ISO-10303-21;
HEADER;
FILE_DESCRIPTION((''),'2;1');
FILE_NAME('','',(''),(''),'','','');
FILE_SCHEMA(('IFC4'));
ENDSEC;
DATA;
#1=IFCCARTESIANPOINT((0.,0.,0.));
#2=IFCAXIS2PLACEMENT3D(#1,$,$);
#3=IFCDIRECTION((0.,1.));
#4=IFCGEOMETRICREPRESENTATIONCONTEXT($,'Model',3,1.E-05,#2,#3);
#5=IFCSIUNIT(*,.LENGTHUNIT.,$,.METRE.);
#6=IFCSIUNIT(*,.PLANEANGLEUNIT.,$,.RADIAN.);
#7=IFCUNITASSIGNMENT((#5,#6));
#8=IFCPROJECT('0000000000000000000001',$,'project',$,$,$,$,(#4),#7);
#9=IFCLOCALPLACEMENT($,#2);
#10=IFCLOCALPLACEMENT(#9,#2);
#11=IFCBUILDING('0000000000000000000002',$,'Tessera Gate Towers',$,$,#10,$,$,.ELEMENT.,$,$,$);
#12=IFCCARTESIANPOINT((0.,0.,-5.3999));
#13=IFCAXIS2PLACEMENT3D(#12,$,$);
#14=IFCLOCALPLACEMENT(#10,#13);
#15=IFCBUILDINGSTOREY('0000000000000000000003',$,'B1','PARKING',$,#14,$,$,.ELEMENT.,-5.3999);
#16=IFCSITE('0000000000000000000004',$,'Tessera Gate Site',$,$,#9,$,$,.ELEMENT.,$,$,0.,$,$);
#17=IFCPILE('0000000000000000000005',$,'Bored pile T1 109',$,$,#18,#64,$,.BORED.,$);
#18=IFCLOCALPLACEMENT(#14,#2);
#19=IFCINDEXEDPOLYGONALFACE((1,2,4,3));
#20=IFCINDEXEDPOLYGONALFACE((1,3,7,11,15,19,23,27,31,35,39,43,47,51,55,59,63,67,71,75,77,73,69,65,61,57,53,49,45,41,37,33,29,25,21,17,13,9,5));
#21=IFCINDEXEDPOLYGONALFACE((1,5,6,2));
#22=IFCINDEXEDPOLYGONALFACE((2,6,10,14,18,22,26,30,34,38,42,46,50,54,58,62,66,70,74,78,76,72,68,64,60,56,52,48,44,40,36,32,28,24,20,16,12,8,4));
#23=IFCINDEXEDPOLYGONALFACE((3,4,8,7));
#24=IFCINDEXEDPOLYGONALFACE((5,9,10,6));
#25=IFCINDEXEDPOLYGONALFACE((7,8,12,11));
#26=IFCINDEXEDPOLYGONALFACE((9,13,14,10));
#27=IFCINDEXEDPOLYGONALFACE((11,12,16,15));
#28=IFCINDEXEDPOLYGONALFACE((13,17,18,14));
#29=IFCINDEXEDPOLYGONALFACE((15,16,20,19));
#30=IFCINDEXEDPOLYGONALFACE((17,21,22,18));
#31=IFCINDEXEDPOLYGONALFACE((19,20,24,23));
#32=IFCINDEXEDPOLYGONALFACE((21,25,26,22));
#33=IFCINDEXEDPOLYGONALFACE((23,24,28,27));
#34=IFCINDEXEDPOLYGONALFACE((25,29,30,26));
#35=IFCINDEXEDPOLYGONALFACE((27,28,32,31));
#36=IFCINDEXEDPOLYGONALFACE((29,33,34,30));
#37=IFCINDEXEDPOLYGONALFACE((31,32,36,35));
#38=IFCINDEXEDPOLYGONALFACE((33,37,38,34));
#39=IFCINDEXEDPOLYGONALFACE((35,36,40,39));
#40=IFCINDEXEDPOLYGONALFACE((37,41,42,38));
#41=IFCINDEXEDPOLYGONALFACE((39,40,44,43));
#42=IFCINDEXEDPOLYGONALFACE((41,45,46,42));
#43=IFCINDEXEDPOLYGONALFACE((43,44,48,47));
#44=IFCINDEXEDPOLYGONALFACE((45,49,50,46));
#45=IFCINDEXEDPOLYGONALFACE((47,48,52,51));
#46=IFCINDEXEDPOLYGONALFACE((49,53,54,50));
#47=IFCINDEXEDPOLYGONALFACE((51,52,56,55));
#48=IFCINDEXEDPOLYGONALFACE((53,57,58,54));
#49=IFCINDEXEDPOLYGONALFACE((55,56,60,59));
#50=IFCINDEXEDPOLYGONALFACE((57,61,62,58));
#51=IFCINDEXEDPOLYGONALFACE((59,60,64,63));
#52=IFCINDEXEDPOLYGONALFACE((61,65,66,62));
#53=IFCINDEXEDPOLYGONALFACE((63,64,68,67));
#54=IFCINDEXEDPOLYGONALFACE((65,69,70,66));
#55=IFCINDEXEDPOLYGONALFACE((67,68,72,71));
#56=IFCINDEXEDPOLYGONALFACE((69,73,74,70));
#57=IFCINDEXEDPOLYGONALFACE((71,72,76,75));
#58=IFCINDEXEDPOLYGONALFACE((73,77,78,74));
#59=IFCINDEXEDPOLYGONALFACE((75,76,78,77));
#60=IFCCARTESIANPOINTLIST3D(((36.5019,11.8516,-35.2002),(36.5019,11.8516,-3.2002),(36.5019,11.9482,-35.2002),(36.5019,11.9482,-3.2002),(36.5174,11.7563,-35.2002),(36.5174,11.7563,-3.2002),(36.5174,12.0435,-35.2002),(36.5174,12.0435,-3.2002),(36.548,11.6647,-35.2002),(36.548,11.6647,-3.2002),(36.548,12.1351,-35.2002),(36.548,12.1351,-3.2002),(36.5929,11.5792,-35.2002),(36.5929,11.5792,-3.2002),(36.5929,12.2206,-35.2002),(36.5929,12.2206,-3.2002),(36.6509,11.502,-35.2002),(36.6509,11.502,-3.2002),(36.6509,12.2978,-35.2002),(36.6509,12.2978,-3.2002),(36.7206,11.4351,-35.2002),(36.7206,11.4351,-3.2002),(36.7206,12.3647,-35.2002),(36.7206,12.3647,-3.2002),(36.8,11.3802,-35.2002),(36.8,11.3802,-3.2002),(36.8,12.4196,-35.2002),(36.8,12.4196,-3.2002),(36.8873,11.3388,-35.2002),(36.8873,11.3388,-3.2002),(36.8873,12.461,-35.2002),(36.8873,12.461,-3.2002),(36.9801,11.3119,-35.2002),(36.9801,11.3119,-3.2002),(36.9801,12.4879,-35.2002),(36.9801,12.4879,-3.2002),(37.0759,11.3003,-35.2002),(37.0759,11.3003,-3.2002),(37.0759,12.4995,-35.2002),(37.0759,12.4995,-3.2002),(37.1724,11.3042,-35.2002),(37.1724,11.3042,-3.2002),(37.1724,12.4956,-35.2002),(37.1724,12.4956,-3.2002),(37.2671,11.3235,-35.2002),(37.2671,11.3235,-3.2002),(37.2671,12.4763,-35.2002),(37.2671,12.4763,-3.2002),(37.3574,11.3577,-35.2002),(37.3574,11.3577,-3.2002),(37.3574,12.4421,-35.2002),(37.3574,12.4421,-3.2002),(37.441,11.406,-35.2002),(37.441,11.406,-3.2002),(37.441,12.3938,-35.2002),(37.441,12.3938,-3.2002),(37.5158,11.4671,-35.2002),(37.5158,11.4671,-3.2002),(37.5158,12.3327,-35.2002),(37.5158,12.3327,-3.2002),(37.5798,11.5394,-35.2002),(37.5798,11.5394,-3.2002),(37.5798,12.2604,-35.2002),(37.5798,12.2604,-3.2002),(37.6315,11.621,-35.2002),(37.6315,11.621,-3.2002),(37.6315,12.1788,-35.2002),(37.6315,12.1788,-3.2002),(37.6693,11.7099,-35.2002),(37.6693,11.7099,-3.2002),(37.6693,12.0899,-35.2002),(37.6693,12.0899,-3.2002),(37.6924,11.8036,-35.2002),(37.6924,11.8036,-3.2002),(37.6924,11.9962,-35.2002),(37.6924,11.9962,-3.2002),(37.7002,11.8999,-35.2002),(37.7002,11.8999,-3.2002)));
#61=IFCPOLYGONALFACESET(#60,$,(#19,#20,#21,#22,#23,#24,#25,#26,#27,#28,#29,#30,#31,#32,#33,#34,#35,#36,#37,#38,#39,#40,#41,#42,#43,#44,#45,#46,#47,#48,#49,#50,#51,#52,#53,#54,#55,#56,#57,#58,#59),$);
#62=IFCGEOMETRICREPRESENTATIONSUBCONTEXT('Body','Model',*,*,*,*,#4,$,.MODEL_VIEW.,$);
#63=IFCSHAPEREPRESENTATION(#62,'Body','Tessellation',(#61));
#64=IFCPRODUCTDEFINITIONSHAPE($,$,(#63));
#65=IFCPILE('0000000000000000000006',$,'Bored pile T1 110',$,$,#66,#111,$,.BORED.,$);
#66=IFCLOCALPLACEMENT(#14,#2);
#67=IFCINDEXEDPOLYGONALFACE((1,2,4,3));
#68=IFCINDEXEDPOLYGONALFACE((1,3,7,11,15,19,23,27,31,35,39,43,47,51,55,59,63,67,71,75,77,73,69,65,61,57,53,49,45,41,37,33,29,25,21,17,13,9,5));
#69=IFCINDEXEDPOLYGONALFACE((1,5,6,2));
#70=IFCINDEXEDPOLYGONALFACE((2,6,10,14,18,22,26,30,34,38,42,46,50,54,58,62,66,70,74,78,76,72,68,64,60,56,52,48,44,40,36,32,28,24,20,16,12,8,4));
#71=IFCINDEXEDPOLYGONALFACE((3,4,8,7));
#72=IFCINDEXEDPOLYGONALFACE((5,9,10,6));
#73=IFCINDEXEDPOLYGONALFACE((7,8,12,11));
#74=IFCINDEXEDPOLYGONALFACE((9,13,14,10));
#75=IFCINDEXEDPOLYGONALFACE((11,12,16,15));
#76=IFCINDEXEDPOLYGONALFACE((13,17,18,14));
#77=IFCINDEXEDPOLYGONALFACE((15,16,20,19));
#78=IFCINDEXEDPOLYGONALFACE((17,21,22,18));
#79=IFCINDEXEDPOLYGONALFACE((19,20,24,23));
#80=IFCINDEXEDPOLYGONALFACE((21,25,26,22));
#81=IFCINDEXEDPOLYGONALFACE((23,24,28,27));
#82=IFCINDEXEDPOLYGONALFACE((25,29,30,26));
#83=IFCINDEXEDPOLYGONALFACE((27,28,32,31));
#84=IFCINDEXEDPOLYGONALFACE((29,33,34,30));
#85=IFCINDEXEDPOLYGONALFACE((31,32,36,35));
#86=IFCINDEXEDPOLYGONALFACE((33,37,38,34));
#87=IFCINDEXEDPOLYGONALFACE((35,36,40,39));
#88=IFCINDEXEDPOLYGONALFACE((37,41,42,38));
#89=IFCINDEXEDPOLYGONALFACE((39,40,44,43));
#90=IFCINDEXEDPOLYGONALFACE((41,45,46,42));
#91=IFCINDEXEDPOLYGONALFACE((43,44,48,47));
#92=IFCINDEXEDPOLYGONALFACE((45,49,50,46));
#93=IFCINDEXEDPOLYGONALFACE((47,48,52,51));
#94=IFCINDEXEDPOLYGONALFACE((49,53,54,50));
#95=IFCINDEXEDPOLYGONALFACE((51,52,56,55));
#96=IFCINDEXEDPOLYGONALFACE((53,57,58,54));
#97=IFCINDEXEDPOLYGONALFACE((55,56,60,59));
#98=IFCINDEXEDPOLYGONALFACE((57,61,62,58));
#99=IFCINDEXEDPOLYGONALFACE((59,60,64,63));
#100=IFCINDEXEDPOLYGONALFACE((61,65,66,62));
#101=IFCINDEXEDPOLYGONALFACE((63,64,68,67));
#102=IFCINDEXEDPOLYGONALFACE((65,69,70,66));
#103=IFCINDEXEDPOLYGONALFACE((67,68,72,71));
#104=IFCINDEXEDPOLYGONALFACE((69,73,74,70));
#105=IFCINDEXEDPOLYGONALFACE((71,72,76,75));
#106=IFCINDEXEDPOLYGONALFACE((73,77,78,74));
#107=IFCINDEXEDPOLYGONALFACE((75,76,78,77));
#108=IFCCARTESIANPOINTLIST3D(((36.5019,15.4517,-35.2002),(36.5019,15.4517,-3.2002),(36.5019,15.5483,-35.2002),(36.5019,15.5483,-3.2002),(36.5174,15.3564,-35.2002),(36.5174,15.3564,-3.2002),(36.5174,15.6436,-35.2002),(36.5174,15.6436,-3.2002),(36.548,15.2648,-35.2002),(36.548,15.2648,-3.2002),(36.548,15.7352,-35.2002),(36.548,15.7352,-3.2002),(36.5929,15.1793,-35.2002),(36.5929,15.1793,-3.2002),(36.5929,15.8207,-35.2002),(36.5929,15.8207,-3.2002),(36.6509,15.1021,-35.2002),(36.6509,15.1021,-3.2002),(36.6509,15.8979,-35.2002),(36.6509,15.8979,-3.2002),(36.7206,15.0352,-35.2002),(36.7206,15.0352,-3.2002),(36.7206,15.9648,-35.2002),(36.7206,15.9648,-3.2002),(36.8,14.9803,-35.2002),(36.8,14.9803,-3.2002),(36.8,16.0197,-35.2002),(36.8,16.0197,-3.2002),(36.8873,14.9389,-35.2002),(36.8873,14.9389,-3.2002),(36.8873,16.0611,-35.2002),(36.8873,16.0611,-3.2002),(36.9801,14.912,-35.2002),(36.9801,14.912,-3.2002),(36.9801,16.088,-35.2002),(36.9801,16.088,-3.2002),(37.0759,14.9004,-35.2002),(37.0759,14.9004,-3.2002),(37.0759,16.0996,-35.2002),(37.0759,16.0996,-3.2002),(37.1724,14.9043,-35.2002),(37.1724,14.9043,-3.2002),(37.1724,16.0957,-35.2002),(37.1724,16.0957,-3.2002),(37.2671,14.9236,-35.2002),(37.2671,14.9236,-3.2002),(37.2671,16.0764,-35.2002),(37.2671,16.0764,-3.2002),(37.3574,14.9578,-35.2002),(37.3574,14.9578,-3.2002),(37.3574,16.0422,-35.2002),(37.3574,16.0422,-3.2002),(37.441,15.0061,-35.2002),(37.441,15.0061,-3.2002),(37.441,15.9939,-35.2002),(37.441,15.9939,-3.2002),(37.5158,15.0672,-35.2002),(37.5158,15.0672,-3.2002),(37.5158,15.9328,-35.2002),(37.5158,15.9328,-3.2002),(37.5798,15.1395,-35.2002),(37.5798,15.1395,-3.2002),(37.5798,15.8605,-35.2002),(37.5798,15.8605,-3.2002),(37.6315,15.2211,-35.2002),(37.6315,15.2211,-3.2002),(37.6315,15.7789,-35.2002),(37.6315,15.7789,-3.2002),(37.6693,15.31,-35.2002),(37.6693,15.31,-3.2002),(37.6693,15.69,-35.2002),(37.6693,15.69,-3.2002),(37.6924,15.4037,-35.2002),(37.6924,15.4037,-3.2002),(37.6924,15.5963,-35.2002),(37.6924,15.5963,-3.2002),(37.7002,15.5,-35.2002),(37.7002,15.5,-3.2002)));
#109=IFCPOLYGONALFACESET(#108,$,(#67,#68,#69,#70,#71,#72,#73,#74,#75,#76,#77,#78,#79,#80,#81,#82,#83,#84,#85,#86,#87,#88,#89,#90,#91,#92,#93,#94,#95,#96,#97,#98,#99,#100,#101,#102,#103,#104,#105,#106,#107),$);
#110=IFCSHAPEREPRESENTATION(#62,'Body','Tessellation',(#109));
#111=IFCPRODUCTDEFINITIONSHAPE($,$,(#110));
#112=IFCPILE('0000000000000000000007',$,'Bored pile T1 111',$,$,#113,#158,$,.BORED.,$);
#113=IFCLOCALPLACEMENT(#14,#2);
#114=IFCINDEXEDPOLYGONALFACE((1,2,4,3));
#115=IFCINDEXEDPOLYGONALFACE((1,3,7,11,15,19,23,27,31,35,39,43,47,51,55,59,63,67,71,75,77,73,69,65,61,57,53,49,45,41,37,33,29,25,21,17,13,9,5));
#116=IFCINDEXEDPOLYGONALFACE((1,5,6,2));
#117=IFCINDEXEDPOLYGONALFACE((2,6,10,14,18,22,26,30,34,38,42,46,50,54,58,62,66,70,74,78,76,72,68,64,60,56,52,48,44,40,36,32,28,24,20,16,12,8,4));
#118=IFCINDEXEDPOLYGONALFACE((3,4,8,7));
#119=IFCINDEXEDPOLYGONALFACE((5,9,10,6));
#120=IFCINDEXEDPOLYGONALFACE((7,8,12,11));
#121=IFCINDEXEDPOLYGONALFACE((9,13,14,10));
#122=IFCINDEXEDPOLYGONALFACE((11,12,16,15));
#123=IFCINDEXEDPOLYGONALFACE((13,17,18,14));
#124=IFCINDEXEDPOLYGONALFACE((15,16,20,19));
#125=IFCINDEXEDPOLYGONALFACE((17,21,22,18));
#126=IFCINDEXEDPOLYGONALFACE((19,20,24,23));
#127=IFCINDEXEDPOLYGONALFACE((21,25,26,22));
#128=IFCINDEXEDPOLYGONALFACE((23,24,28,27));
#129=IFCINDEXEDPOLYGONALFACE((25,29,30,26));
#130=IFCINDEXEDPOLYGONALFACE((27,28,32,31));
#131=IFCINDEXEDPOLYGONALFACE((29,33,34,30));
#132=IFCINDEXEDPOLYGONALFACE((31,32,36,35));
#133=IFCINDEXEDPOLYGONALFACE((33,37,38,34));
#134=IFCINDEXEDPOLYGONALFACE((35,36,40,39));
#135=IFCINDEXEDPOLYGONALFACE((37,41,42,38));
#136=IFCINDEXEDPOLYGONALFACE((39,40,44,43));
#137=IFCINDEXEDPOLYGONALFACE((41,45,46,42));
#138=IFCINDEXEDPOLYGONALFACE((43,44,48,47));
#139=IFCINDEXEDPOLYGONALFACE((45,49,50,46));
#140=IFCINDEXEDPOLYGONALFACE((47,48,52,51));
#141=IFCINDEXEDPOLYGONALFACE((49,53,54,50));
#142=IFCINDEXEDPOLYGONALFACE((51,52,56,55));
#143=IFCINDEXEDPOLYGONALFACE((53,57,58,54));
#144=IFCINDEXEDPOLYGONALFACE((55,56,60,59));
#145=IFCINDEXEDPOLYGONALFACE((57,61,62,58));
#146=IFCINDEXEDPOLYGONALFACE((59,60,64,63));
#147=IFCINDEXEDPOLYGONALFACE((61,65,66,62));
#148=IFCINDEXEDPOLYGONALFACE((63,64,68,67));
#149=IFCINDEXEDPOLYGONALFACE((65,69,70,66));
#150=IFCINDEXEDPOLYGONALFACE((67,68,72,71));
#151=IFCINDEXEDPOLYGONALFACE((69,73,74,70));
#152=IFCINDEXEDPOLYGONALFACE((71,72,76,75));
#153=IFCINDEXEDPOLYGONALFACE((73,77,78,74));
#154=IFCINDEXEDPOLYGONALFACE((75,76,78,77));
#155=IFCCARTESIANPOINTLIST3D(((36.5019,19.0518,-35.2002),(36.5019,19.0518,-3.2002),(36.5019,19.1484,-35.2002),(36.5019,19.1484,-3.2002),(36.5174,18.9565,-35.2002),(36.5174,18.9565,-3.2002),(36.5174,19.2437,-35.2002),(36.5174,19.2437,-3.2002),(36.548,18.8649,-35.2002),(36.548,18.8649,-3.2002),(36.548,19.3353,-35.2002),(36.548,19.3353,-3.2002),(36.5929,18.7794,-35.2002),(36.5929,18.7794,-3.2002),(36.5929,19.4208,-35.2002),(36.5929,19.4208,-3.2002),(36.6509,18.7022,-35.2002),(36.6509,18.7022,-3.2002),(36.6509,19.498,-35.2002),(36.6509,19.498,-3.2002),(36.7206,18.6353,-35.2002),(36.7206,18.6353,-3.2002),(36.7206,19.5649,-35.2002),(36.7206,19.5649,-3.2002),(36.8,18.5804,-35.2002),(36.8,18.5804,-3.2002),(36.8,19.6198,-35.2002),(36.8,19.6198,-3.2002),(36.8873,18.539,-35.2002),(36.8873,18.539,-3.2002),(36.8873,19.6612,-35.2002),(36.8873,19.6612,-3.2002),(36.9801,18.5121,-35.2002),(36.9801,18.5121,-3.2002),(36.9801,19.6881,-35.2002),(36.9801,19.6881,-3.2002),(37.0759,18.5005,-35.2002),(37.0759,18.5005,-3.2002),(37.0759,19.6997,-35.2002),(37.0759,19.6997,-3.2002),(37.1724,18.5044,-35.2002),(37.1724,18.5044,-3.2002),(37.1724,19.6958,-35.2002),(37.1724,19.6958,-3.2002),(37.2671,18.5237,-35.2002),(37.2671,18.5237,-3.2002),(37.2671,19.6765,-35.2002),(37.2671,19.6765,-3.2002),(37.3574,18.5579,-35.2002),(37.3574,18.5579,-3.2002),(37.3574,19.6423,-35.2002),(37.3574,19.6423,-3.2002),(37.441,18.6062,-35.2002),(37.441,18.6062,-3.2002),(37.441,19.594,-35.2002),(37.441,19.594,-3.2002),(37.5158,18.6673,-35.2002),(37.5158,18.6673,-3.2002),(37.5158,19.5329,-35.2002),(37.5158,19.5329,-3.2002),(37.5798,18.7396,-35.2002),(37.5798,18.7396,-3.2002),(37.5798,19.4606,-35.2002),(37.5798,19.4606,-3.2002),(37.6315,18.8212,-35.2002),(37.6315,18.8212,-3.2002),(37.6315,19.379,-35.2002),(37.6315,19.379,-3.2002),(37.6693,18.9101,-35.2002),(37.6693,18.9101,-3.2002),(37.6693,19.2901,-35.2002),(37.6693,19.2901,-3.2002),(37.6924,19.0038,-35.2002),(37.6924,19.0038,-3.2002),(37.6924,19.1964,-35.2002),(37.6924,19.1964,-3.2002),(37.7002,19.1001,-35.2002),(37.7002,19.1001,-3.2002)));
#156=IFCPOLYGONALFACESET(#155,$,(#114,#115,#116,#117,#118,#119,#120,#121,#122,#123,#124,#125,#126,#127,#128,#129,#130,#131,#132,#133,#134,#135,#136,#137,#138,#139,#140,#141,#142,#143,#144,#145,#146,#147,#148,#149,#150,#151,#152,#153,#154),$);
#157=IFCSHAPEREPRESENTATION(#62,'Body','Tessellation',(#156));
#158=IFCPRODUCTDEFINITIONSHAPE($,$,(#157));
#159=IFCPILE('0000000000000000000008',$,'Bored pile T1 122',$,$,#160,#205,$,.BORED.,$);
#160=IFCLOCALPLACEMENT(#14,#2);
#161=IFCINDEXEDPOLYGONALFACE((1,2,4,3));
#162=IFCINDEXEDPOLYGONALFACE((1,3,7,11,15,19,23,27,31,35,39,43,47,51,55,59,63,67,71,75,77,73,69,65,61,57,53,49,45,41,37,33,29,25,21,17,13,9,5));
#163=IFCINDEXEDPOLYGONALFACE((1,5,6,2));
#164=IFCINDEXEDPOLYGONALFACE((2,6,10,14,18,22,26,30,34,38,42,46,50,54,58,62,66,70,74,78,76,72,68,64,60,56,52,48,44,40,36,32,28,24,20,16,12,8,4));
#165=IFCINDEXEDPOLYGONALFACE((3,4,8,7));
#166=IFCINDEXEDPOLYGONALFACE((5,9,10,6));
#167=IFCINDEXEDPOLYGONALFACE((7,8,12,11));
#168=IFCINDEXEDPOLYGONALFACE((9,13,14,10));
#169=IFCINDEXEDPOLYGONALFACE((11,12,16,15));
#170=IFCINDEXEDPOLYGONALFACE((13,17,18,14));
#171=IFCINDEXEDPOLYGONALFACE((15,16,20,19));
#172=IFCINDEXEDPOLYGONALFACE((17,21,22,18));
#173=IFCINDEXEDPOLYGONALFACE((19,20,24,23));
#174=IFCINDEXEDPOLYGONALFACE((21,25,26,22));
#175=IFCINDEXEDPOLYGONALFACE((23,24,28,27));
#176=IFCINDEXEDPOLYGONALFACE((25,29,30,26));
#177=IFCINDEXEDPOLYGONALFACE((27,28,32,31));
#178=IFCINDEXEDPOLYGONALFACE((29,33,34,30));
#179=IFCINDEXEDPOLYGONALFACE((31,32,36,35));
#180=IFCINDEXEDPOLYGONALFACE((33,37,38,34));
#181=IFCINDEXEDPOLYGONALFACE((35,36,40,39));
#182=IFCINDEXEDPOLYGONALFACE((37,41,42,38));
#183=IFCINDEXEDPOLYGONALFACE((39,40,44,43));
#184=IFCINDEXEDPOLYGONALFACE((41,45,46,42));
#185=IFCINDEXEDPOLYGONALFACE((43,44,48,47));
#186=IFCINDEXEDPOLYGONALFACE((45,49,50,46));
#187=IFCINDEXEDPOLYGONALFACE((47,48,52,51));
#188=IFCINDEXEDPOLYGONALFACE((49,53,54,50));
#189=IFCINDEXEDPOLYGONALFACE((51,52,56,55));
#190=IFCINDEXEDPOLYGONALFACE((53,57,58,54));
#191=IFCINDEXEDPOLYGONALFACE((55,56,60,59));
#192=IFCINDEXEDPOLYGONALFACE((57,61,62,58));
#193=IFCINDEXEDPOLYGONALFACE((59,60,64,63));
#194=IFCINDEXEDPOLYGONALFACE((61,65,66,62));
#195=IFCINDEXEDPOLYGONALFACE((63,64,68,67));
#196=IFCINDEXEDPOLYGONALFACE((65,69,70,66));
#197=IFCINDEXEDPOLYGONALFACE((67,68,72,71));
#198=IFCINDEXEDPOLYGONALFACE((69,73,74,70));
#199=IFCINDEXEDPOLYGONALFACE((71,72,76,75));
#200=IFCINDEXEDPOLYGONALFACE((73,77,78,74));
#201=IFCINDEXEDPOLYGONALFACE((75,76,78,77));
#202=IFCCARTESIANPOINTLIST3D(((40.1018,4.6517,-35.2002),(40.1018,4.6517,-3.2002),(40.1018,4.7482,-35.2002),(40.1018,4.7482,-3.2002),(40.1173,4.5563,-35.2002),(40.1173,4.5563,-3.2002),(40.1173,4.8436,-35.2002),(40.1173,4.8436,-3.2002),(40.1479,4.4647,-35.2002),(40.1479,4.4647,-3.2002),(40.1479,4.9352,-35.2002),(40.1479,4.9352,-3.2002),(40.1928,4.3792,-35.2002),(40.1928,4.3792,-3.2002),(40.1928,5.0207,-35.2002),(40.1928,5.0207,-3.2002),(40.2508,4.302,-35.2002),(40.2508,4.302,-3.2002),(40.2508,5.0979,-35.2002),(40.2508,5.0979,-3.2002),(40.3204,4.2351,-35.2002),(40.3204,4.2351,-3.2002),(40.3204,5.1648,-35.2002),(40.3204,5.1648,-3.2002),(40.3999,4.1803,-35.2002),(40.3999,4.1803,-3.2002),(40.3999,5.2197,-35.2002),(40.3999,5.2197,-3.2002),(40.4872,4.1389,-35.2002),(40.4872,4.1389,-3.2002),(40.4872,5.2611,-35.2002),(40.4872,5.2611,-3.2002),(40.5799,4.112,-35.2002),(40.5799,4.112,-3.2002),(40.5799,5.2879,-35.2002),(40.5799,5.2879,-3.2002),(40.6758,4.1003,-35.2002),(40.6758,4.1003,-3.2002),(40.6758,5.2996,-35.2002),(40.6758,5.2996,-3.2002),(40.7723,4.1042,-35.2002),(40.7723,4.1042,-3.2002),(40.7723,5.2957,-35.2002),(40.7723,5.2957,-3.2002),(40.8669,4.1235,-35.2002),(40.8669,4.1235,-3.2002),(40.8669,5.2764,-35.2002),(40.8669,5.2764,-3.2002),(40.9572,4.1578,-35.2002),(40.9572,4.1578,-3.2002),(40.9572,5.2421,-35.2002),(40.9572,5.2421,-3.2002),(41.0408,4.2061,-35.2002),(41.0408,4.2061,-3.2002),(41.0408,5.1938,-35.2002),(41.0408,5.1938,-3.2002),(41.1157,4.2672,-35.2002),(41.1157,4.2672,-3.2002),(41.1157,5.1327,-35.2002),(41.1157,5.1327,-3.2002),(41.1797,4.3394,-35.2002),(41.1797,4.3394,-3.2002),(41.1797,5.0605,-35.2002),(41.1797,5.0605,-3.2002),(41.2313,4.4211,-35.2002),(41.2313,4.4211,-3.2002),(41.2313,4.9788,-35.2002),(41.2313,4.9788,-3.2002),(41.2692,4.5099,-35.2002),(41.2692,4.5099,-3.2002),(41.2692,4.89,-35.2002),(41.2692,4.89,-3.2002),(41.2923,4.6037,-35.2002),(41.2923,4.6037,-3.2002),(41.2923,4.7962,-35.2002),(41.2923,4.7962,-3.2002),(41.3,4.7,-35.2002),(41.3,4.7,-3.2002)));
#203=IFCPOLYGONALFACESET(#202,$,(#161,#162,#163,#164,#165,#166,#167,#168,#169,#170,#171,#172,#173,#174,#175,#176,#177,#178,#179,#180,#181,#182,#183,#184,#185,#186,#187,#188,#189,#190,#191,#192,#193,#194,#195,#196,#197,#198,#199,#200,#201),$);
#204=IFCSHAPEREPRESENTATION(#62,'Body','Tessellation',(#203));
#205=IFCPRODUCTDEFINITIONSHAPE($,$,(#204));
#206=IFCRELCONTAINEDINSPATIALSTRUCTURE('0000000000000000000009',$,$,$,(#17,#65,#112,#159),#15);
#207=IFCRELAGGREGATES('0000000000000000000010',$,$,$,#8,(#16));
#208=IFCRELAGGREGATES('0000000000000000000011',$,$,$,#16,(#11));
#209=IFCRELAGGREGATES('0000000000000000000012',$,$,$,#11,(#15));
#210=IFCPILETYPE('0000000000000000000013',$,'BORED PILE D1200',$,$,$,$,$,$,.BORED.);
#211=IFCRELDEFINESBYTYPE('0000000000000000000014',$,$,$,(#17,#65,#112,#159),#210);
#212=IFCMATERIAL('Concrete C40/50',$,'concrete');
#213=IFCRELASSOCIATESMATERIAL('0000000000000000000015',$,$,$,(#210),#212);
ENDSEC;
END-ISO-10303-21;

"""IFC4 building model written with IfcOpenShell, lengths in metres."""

from ifc_helpers import new_model, si_unit, direction, frame, origin, origin_2d, place, context, subcontext, project, spatial, circle, extrude, material, material_profile, profile_set, type_object, element, save


model = new_model("IFC4")

# Units and contexts
model_context = context("Model", 3, precision=1e-05, world=origin(), true_north=direction((0.0, 1.0)))
body_context = subcontext(model_context, "Body", "Model", "MODEL_VIEW")
ifc_project = project(units=[si_unit("LENGTHUNIT", "METRE"), si_unit("PLANEANGLEUNIT", "RADIAN")], contexts=[model_context])

# Site, building, storey
site_placement = place(None, origin())
site = spatial("IfcSite", under=ifc_project, at=site_placement, Name="Tessera Gate Site", CompositionType="ELEMENT", RefElevation=0.0)
building_placement = place(site_placement, origin())
building = spatial("IfcBuilding", under=site, at=building_placement, Name="Tessera Gate Towers", CompositionType="ELEMENT")
storey_placement = place(building_placement, frame((0.0, 0.0, -5.3999)))
storey = spatial("IfcBuildingStorey", under=building, at=storey_placement, Name="B1", Description="PARKING", CompositionType="ELEMENT", Elevation=-5.3999)

# Piles
ifc_material_1 = material(Name="Concrete C40/50", Category="concrete")
ifc_material_profile_1 = material_profile(ifc_material_1, circle(Radius=0.6001, at=origin_2d()), Name="BORED PILE D1200")
ifc_profile_set_1 = profile_set([ifc_material_profile_1], Name="Concrete C40/50")
pile_type = type_object("IfcPileType", Name="BORED PILE D1200", PredefinedType="BORED", material=ifc_profile_set_1)
for number, where, z_axis, x_axis, name in (
    (1, (37.1001, 11.8999, -3.2002), (0.0, 0.0, -1.0), (1.0, 0.0, 0.0), "Bored pile T1 109"),
    (2, (37.1001, 15.5, -3.2002), (0.0, 0.0, -1.0), (1.0, 0.0, 0.0), "Bored pile T1 110"),
    (3, (37.1001, 19.1001, -3.2002), (0.0, 0.0, -1.0), (1.0, 0.0, 0.0), "Bored pile T1 111"),
    (4, (40.7, 4.7, -3.2002), (0.0, 0.0, -1.0), (1.0, 0.0, 0.0), "Bored pile T1 122"),
):
    element("IfcPile", number, at=place(storey_placement, frame(where, z_axis=z_axis, x_axis=x_axis)), inside=storey, type_object=pile_type, Name=name, PredefinedType="BORED", context=body_context, shape_type="SweptSolid", body=[
        extrude(circle(Radius=0.6001, at=origin_2d()), origin(), (0.0, 0.0, 1.0), 32.0),
    ])

save(model, "model.ifc")
